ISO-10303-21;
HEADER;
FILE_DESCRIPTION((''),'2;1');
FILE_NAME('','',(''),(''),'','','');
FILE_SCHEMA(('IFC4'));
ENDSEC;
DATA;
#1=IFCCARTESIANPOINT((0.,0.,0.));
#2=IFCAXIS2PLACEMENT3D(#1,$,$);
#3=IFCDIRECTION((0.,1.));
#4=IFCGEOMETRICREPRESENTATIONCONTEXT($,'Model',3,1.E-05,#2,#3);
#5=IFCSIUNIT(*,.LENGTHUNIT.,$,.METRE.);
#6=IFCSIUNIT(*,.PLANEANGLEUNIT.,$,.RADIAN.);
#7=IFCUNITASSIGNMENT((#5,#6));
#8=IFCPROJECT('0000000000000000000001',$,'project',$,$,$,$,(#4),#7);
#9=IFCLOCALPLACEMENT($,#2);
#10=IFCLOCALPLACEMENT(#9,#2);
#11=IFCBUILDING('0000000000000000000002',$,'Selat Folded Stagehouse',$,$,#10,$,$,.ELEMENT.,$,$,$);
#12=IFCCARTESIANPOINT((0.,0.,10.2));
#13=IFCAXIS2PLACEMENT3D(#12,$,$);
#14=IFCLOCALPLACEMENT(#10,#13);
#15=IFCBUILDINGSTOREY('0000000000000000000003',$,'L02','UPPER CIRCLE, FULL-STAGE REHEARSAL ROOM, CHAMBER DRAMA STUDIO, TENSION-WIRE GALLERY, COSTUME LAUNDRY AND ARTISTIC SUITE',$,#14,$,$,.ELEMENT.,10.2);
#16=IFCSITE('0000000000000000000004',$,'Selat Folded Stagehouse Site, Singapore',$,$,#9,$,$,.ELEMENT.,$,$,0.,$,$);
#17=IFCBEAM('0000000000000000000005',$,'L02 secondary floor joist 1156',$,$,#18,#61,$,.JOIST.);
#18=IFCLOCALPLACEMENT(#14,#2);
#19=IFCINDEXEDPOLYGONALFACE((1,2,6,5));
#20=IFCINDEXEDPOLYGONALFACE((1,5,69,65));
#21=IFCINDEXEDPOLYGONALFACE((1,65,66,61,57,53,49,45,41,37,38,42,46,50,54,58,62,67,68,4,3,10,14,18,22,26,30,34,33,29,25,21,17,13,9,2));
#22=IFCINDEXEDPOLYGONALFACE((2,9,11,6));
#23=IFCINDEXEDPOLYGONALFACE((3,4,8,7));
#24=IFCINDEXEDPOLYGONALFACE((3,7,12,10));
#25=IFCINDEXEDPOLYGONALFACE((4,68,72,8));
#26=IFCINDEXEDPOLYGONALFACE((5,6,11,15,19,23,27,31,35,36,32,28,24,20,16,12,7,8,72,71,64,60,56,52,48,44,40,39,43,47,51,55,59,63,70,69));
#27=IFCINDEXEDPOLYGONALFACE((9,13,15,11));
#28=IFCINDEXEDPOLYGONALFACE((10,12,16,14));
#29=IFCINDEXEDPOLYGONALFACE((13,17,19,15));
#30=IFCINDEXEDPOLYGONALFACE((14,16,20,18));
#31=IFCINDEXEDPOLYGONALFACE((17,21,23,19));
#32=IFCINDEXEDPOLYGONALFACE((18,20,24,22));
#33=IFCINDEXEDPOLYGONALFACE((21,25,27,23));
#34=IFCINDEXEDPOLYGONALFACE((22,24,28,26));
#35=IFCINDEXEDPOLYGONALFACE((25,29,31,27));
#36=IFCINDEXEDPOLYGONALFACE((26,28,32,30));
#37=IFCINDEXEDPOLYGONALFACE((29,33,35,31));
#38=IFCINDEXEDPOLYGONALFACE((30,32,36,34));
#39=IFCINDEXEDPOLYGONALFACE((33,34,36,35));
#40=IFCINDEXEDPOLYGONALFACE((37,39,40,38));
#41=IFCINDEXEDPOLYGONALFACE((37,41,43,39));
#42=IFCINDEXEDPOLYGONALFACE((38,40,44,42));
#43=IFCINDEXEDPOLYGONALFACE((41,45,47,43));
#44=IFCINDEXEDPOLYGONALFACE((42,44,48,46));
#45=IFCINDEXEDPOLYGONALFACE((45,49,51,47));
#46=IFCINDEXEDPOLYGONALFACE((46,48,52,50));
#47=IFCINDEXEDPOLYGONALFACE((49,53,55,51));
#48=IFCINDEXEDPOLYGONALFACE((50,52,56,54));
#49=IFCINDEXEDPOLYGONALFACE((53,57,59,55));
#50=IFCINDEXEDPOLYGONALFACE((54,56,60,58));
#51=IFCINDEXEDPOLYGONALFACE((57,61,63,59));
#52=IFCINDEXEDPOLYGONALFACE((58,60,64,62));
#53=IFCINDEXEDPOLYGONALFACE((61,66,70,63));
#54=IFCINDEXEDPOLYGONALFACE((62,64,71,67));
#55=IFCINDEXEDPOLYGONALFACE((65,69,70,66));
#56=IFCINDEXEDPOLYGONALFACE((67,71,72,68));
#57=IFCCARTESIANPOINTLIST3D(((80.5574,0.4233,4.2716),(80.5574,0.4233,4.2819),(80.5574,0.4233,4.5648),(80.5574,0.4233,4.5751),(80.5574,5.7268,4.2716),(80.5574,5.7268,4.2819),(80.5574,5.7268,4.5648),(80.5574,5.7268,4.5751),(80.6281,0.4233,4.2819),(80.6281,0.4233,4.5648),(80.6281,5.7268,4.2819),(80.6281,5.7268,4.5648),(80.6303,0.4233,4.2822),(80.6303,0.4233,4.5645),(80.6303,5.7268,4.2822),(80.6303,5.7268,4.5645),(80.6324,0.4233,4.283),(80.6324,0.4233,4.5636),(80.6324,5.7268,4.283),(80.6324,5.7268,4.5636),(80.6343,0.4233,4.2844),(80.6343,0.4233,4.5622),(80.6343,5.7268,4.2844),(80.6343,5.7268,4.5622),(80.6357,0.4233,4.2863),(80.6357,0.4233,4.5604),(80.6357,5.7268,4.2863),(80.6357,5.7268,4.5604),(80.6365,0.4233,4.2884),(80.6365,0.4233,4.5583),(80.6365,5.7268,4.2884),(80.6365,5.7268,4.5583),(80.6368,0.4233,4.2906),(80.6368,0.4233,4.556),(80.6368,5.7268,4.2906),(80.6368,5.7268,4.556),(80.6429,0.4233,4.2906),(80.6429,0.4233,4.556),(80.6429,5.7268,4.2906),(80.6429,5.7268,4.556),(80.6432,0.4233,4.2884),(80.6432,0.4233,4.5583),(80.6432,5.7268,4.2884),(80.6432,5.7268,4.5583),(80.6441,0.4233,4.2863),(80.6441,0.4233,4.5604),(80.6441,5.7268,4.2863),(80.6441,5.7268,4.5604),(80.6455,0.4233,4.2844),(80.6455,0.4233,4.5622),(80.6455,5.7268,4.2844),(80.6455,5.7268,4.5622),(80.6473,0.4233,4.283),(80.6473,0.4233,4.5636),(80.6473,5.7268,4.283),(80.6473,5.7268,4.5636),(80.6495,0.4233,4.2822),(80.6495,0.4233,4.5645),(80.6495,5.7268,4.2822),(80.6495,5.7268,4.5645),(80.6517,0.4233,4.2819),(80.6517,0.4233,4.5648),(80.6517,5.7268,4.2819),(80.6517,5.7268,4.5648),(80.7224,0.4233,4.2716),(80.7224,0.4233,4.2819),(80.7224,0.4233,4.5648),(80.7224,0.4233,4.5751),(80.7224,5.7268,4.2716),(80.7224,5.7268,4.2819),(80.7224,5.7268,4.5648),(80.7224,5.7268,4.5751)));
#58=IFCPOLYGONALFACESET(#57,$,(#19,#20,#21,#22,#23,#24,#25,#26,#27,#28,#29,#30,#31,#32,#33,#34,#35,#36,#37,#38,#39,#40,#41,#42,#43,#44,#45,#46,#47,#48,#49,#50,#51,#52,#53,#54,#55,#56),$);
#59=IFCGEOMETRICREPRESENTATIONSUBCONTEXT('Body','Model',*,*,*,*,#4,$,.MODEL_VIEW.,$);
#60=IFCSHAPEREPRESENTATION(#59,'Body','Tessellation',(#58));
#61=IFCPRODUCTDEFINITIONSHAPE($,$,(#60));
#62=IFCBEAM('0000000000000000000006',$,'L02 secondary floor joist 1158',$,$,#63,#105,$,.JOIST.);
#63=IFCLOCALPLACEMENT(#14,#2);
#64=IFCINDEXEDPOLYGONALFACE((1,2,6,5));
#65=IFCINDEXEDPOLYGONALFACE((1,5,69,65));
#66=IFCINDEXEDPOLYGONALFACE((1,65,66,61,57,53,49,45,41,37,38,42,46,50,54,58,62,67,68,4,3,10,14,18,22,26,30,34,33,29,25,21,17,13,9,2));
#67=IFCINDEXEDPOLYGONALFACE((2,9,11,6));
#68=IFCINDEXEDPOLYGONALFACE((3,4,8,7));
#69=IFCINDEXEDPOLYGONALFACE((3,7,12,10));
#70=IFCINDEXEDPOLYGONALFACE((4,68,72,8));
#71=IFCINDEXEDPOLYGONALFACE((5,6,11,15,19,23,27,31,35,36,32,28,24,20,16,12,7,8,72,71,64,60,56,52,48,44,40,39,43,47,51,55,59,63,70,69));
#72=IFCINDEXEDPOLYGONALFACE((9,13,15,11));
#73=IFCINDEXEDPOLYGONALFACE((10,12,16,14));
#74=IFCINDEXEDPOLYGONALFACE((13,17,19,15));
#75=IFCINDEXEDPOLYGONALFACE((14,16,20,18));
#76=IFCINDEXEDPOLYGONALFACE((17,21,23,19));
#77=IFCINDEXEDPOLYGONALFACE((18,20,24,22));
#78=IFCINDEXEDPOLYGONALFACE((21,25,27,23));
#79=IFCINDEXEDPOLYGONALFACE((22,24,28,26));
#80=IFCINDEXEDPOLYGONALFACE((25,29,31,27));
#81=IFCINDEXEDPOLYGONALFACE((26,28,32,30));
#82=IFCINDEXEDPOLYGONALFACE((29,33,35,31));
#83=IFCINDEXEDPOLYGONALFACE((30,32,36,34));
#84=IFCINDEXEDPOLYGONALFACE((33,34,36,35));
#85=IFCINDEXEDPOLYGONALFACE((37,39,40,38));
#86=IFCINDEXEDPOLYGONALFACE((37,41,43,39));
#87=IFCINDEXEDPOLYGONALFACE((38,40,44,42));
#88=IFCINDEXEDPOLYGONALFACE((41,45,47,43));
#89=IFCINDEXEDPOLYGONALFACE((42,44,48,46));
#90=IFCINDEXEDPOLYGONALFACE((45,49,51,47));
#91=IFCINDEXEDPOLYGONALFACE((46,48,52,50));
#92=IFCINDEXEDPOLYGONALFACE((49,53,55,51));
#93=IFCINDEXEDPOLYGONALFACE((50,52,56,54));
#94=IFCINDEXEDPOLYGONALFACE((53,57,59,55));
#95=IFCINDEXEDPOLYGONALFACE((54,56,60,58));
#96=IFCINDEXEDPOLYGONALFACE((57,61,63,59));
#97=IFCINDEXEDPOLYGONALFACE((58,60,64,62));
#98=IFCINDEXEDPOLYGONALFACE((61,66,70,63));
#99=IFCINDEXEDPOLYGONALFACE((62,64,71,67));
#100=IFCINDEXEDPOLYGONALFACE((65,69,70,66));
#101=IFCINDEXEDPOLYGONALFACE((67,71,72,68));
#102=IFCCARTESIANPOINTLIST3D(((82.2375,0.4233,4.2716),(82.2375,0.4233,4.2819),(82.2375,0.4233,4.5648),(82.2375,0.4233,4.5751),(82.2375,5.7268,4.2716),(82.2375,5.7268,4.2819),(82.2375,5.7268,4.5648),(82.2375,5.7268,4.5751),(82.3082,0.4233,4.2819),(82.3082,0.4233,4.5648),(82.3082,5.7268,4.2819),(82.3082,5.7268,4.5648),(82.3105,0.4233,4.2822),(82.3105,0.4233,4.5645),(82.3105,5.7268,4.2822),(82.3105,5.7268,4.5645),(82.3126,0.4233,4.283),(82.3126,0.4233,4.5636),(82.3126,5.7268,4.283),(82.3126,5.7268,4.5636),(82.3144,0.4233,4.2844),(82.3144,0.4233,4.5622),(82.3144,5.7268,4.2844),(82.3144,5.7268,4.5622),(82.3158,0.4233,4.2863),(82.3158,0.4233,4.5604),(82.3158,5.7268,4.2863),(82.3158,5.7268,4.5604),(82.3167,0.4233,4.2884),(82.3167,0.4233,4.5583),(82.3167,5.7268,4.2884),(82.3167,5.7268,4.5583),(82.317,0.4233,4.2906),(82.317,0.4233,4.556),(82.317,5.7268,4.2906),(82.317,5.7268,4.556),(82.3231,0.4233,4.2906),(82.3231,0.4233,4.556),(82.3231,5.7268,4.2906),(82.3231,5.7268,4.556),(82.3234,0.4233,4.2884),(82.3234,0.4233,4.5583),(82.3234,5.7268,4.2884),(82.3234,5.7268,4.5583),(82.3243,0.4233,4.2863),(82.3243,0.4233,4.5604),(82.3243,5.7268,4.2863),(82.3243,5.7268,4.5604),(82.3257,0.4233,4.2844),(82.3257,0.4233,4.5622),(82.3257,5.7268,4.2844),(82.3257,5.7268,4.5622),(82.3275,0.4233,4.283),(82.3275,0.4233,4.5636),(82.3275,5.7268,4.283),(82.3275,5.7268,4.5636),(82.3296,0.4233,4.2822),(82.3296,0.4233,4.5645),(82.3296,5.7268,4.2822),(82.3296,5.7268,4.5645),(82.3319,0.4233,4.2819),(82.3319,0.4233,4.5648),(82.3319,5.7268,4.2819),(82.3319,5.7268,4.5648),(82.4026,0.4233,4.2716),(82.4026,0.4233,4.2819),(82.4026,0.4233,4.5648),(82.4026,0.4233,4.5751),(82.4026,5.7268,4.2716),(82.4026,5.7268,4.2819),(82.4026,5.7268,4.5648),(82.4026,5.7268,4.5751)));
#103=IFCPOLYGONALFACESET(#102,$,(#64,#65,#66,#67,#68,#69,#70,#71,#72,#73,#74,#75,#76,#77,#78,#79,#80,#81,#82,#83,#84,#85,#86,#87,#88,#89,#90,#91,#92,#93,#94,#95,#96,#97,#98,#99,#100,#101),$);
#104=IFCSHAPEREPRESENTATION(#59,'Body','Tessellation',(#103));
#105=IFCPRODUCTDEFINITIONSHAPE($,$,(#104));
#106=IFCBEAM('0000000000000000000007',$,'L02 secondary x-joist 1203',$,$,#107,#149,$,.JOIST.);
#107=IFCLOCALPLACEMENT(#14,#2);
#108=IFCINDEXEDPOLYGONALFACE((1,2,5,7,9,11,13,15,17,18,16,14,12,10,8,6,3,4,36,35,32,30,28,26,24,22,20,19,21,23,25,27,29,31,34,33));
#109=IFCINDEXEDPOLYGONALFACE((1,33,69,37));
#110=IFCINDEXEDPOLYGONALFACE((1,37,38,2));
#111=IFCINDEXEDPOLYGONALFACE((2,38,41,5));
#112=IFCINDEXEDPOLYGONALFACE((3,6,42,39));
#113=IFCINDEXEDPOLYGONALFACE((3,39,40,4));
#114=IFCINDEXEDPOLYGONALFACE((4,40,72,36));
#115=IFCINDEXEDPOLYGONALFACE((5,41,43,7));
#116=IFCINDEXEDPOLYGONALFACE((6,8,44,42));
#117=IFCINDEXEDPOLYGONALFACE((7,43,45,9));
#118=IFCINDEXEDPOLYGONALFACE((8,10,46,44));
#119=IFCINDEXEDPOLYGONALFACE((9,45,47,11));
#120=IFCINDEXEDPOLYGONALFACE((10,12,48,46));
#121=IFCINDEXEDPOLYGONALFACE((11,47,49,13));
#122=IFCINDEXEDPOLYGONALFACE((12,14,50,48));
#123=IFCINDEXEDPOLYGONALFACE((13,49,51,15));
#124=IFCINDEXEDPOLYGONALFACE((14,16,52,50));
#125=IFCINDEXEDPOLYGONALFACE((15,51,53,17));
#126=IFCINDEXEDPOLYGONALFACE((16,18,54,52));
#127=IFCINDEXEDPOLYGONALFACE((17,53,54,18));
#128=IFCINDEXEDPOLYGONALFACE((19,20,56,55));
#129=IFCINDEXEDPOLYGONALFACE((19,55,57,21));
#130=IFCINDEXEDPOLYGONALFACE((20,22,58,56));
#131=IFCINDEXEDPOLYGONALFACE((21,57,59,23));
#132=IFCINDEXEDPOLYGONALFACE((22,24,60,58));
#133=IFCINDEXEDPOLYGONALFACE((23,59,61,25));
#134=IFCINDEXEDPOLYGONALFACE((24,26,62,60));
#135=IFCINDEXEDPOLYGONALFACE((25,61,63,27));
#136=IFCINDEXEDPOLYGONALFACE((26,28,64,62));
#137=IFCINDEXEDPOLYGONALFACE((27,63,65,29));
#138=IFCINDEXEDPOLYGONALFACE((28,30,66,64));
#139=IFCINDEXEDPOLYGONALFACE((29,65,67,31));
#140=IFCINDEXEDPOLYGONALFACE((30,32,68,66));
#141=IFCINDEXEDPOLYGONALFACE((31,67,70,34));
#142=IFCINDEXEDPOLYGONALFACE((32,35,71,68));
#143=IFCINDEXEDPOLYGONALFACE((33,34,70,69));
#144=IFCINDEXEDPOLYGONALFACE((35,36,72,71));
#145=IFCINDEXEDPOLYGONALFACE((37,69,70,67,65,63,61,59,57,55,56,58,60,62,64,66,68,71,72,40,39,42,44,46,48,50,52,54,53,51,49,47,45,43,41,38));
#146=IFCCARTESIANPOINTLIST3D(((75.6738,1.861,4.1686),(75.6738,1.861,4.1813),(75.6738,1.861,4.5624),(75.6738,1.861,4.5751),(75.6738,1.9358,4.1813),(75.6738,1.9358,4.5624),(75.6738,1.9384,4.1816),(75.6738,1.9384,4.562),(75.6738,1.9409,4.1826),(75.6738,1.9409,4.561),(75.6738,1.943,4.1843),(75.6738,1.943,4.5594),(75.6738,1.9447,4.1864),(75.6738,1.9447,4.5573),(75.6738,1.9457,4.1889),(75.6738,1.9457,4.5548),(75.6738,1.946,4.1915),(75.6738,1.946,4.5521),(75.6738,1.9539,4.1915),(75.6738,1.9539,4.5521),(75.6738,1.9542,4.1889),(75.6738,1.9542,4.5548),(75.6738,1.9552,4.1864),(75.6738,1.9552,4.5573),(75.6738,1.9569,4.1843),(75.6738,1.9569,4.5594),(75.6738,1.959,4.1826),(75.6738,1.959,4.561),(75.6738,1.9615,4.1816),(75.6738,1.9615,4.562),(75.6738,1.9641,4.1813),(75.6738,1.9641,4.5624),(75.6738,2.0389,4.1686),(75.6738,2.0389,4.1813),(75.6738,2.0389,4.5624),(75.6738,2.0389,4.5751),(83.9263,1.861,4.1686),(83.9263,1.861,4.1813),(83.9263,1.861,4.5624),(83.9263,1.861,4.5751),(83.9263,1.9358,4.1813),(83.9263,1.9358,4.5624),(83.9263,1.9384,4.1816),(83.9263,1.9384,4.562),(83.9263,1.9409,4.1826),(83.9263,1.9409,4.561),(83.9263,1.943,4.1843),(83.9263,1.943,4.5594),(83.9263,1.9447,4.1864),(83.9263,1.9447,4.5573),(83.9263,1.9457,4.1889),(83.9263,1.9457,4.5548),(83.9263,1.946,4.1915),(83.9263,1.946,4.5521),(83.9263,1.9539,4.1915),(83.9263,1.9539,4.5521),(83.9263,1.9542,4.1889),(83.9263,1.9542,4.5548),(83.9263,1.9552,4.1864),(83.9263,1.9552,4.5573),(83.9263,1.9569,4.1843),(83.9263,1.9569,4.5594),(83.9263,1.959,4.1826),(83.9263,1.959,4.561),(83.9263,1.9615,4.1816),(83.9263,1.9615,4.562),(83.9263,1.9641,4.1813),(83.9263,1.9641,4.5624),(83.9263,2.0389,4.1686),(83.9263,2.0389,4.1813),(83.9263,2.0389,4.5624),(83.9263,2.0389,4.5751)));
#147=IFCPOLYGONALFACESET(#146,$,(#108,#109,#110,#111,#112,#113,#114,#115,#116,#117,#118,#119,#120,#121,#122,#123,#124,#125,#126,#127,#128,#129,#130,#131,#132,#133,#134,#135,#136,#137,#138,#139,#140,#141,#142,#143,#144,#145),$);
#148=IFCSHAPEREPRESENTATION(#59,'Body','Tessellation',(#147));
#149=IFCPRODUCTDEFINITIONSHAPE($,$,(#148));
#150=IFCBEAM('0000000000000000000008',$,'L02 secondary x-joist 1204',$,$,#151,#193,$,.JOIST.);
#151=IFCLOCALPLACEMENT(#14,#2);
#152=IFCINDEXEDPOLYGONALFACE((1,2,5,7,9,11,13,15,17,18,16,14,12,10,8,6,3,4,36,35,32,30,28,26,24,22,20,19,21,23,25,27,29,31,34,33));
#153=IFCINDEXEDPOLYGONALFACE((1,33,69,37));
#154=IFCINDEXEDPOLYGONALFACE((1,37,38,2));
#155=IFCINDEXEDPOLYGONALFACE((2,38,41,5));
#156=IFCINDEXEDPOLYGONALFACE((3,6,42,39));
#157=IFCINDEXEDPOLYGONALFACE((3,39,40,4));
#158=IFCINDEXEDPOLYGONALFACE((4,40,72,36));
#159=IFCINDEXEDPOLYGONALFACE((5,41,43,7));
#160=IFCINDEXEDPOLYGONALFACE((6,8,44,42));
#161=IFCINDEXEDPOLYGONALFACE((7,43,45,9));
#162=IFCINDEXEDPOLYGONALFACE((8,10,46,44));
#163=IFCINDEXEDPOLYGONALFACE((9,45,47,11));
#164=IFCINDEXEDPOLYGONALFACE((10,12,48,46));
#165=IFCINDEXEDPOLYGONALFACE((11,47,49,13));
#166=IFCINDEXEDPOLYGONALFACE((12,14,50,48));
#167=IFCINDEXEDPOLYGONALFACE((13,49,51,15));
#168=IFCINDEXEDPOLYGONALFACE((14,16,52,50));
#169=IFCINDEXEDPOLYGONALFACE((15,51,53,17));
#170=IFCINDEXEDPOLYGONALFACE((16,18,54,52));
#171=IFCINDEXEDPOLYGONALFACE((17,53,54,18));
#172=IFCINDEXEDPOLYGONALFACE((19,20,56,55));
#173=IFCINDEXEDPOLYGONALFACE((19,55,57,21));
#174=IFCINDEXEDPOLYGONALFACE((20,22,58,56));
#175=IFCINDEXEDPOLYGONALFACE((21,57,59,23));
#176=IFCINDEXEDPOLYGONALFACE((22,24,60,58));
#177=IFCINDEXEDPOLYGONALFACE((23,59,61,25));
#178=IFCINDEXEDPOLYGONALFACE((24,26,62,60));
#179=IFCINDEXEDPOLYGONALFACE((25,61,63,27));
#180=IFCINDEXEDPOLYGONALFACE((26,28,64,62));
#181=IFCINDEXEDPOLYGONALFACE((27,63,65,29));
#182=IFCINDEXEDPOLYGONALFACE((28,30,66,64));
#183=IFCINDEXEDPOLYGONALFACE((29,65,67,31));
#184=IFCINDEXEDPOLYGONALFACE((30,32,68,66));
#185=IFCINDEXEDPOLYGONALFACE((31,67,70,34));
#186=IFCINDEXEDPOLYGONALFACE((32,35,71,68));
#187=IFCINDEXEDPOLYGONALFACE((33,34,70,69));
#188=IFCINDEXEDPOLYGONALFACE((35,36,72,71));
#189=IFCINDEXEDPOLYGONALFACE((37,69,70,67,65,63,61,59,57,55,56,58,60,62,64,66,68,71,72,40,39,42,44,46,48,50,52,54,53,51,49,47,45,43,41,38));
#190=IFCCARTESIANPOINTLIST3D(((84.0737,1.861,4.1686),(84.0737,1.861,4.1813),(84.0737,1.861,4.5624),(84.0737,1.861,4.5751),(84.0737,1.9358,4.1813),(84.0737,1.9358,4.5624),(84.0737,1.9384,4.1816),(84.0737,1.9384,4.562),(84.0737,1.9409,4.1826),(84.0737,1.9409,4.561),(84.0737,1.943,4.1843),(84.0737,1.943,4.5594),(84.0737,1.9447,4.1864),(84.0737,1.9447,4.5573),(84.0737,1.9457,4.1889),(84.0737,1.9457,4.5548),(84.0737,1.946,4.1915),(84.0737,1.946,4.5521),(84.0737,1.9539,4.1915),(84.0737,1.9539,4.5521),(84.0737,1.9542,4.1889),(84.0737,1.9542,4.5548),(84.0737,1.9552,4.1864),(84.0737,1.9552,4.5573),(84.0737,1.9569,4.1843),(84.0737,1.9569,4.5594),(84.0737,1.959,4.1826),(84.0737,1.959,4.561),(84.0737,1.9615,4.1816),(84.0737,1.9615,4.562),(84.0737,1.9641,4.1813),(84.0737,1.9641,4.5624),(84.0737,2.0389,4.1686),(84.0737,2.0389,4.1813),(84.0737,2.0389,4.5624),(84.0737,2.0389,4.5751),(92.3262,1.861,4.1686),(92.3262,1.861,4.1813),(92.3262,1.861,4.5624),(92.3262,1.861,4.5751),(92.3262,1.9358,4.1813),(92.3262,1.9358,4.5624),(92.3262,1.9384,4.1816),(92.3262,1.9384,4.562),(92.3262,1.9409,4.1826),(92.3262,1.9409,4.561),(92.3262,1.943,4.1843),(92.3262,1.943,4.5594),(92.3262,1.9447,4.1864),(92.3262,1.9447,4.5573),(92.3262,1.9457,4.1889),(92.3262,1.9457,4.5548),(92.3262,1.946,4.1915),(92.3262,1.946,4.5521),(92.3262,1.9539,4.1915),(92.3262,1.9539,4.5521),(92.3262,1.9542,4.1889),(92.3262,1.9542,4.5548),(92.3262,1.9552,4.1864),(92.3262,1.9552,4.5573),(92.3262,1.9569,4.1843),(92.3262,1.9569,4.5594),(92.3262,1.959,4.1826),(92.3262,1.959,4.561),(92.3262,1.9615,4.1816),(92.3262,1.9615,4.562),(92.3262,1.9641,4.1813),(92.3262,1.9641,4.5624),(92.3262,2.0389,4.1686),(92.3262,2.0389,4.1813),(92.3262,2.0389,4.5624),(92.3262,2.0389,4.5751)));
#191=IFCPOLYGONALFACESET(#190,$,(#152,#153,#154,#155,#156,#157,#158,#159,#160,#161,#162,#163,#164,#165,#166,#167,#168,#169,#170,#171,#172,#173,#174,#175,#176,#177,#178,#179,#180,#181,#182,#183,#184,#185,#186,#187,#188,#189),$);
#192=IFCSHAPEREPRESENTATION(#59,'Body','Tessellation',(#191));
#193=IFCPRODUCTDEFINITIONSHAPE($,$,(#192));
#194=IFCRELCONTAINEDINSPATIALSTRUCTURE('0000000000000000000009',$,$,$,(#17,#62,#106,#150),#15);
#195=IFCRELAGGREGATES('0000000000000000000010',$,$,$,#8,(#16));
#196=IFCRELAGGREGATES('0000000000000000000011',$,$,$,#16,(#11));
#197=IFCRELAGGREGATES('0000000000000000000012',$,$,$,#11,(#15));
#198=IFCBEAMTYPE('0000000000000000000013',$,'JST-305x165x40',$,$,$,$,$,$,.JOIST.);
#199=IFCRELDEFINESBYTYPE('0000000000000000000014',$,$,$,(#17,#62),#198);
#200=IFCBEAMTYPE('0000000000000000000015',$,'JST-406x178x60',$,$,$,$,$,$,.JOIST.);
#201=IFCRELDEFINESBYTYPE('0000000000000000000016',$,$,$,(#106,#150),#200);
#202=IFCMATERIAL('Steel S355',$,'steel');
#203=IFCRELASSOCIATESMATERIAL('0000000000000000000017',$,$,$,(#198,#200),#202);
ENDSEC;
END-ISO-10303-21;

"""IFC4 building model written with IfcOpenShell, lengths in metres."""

from ifc_helpers import new_model, si_unit, direction, frame, origin, origin_2d, place, context, subcontext, project, spatial, i_section, extrude, material, material_profile, profile_set, type_object, element, save


model = new_model("IFC4")

# Units and contexts
model_context = context("Model", 3, precision=1e-05, world=origin(), true_north=direction((0.0, 1.0)))
body_context = subcontext(model_context, "Body", "Model", "MODEL_VIEW")
ifc_project = project(units=[si_unit("LENGTHUNIT", "METRE"), si_unit("PLANEANGLEUNIT", "RADIAN")], contexts=[model_context])

# Site, building, storey
site_placement = place(None, origin())
site = spatial("IfcSite", under=ifc_project, at=site_placement, Name="Selat Folded Stagehouse Site, Singapore", CompositionType="ELEMENT", RefElevation=0.0)
building_placement = place(site_placement, origin())
building = spatial("IfcBuilding", under=site, at=building_placement, Name="Selat Folded Stagehouse", CompositionType="ELEMENT")
storey_placement = place(building_placement, frame((0.0, 0.0, 10.2)))
storey = spatial("IfcBuildingStorey", under=building, at=storey_placement, Name="L02", Description="UPPER CIRCLE, FULL-STAGE REHEARSAL ROOM, CHAMBER DRAMA STUDIO, TENSION-WIRE GALLERY, COSTUME LAUNDRY AND ARTISTIC SUITE", CompositionType="ELEMENT", Elevation=10.2)

# Shared definitions
ifc_material_1 = material(Name="Steel S355", Category="steel")

# Beams
ifc_material_profile_1 = material_profile(ifc_material_1, i_section(OverallWidth=0.165, OverallDepth=0.3035, WebThickness=0.0061, FlangeThickness=0.0103, FilletRadius=0.0088, at=origin_2d()), Name="UKB 305x165x40")
ifc_profile_set_1 = profile_set([ifc_material_profile_1], Name="Steel S355")
beam_type_1 = type_object("IfcBeamType", Name="JST-305x165x40", PredefinedType="JOIST", material=ifc_profile_set_1)
for number, where, z_axis, x_axis, name in (
    (1, (80.6399, 0.4233, 4.4233), (0.0, 1.0, 0.0), (-1.0, 0.0, 0.0), "L02 secondary floor joist 1156"),
    (2, (82.3201, 0.4233, 4.4233), (0.0, 1.0, 0.0), (-1.0, 0.0, 0.0), "L02 secondary floor joist 1158"),
):
    element("IfcBeam", number, at=place(storey_placement, frame(where, z_axis=z_axis, x_axis=x_axis)), inside=storey, type_object=beam_type_1, Name=name, PredefinedType="JOIST", context=body_context, shape_type="SweptSolid", body=[
        extrude(i_section(OverallWidth=0.165, OverallDepth=0.3035, WebThickness=0.0061, FlangeThickness=0.0103, FilletRadius=0.0088, at=origin_2d()), origin(), (0.0, 0.0, 1.0), 5.3035),
    ])
ifc_material_profile_2 = material_profile(ifc_material_1, i_section(OverallWidth=0.178, OverallDepth=0.4065, WebThickness=0.0078, FlangeThickness=0.0127, FilletRadius=0.0103, at=origin_2d()), Name="UKB 406x178x60")
ifc_profile_set_2 = profile_set([ifc_material_profile_2], Name="Steel S355")
beam_type_2 = type_object("IfcBeamType", Name="JST-406x178x60", PredefinedType="JOIST", material=ifc_profile_set_2)
for number, where, z_axis, x_axis, name in (
    (3, (75.6738, 1.95, 4.3718), (1.0, 0.0, 0.0), (0.0, 1.0, 0.0), "L02 secondary x-joist 1203"),
    (4, (84.0737, 1.95, 4.3718), (1.0, 0.0, 0.0), (0.0, 1.0, 0.0), "L02 secondary x-joist 1204"),
):
    element("IfcBeam", number, at=place(storey_placement, frame(where, z_axis=z_axis, x_axis=x_axis)), inside=storey, type_object=beam_type_2, Name=name, PredefinedType="JOIST", context=body_context, shape_type="SweptSolid", body=[
        extrude(i_section(OverallWidth=0.178, OverallDepth=0.4065, WebThickness=0.0078, FlangeThickness=0.0127, FilletRadius=0.0103, at=origin_2d()), origin(), (0.0, 0.0, 1.0), 8.2524),
    ])

save(model, "model.ifc")
